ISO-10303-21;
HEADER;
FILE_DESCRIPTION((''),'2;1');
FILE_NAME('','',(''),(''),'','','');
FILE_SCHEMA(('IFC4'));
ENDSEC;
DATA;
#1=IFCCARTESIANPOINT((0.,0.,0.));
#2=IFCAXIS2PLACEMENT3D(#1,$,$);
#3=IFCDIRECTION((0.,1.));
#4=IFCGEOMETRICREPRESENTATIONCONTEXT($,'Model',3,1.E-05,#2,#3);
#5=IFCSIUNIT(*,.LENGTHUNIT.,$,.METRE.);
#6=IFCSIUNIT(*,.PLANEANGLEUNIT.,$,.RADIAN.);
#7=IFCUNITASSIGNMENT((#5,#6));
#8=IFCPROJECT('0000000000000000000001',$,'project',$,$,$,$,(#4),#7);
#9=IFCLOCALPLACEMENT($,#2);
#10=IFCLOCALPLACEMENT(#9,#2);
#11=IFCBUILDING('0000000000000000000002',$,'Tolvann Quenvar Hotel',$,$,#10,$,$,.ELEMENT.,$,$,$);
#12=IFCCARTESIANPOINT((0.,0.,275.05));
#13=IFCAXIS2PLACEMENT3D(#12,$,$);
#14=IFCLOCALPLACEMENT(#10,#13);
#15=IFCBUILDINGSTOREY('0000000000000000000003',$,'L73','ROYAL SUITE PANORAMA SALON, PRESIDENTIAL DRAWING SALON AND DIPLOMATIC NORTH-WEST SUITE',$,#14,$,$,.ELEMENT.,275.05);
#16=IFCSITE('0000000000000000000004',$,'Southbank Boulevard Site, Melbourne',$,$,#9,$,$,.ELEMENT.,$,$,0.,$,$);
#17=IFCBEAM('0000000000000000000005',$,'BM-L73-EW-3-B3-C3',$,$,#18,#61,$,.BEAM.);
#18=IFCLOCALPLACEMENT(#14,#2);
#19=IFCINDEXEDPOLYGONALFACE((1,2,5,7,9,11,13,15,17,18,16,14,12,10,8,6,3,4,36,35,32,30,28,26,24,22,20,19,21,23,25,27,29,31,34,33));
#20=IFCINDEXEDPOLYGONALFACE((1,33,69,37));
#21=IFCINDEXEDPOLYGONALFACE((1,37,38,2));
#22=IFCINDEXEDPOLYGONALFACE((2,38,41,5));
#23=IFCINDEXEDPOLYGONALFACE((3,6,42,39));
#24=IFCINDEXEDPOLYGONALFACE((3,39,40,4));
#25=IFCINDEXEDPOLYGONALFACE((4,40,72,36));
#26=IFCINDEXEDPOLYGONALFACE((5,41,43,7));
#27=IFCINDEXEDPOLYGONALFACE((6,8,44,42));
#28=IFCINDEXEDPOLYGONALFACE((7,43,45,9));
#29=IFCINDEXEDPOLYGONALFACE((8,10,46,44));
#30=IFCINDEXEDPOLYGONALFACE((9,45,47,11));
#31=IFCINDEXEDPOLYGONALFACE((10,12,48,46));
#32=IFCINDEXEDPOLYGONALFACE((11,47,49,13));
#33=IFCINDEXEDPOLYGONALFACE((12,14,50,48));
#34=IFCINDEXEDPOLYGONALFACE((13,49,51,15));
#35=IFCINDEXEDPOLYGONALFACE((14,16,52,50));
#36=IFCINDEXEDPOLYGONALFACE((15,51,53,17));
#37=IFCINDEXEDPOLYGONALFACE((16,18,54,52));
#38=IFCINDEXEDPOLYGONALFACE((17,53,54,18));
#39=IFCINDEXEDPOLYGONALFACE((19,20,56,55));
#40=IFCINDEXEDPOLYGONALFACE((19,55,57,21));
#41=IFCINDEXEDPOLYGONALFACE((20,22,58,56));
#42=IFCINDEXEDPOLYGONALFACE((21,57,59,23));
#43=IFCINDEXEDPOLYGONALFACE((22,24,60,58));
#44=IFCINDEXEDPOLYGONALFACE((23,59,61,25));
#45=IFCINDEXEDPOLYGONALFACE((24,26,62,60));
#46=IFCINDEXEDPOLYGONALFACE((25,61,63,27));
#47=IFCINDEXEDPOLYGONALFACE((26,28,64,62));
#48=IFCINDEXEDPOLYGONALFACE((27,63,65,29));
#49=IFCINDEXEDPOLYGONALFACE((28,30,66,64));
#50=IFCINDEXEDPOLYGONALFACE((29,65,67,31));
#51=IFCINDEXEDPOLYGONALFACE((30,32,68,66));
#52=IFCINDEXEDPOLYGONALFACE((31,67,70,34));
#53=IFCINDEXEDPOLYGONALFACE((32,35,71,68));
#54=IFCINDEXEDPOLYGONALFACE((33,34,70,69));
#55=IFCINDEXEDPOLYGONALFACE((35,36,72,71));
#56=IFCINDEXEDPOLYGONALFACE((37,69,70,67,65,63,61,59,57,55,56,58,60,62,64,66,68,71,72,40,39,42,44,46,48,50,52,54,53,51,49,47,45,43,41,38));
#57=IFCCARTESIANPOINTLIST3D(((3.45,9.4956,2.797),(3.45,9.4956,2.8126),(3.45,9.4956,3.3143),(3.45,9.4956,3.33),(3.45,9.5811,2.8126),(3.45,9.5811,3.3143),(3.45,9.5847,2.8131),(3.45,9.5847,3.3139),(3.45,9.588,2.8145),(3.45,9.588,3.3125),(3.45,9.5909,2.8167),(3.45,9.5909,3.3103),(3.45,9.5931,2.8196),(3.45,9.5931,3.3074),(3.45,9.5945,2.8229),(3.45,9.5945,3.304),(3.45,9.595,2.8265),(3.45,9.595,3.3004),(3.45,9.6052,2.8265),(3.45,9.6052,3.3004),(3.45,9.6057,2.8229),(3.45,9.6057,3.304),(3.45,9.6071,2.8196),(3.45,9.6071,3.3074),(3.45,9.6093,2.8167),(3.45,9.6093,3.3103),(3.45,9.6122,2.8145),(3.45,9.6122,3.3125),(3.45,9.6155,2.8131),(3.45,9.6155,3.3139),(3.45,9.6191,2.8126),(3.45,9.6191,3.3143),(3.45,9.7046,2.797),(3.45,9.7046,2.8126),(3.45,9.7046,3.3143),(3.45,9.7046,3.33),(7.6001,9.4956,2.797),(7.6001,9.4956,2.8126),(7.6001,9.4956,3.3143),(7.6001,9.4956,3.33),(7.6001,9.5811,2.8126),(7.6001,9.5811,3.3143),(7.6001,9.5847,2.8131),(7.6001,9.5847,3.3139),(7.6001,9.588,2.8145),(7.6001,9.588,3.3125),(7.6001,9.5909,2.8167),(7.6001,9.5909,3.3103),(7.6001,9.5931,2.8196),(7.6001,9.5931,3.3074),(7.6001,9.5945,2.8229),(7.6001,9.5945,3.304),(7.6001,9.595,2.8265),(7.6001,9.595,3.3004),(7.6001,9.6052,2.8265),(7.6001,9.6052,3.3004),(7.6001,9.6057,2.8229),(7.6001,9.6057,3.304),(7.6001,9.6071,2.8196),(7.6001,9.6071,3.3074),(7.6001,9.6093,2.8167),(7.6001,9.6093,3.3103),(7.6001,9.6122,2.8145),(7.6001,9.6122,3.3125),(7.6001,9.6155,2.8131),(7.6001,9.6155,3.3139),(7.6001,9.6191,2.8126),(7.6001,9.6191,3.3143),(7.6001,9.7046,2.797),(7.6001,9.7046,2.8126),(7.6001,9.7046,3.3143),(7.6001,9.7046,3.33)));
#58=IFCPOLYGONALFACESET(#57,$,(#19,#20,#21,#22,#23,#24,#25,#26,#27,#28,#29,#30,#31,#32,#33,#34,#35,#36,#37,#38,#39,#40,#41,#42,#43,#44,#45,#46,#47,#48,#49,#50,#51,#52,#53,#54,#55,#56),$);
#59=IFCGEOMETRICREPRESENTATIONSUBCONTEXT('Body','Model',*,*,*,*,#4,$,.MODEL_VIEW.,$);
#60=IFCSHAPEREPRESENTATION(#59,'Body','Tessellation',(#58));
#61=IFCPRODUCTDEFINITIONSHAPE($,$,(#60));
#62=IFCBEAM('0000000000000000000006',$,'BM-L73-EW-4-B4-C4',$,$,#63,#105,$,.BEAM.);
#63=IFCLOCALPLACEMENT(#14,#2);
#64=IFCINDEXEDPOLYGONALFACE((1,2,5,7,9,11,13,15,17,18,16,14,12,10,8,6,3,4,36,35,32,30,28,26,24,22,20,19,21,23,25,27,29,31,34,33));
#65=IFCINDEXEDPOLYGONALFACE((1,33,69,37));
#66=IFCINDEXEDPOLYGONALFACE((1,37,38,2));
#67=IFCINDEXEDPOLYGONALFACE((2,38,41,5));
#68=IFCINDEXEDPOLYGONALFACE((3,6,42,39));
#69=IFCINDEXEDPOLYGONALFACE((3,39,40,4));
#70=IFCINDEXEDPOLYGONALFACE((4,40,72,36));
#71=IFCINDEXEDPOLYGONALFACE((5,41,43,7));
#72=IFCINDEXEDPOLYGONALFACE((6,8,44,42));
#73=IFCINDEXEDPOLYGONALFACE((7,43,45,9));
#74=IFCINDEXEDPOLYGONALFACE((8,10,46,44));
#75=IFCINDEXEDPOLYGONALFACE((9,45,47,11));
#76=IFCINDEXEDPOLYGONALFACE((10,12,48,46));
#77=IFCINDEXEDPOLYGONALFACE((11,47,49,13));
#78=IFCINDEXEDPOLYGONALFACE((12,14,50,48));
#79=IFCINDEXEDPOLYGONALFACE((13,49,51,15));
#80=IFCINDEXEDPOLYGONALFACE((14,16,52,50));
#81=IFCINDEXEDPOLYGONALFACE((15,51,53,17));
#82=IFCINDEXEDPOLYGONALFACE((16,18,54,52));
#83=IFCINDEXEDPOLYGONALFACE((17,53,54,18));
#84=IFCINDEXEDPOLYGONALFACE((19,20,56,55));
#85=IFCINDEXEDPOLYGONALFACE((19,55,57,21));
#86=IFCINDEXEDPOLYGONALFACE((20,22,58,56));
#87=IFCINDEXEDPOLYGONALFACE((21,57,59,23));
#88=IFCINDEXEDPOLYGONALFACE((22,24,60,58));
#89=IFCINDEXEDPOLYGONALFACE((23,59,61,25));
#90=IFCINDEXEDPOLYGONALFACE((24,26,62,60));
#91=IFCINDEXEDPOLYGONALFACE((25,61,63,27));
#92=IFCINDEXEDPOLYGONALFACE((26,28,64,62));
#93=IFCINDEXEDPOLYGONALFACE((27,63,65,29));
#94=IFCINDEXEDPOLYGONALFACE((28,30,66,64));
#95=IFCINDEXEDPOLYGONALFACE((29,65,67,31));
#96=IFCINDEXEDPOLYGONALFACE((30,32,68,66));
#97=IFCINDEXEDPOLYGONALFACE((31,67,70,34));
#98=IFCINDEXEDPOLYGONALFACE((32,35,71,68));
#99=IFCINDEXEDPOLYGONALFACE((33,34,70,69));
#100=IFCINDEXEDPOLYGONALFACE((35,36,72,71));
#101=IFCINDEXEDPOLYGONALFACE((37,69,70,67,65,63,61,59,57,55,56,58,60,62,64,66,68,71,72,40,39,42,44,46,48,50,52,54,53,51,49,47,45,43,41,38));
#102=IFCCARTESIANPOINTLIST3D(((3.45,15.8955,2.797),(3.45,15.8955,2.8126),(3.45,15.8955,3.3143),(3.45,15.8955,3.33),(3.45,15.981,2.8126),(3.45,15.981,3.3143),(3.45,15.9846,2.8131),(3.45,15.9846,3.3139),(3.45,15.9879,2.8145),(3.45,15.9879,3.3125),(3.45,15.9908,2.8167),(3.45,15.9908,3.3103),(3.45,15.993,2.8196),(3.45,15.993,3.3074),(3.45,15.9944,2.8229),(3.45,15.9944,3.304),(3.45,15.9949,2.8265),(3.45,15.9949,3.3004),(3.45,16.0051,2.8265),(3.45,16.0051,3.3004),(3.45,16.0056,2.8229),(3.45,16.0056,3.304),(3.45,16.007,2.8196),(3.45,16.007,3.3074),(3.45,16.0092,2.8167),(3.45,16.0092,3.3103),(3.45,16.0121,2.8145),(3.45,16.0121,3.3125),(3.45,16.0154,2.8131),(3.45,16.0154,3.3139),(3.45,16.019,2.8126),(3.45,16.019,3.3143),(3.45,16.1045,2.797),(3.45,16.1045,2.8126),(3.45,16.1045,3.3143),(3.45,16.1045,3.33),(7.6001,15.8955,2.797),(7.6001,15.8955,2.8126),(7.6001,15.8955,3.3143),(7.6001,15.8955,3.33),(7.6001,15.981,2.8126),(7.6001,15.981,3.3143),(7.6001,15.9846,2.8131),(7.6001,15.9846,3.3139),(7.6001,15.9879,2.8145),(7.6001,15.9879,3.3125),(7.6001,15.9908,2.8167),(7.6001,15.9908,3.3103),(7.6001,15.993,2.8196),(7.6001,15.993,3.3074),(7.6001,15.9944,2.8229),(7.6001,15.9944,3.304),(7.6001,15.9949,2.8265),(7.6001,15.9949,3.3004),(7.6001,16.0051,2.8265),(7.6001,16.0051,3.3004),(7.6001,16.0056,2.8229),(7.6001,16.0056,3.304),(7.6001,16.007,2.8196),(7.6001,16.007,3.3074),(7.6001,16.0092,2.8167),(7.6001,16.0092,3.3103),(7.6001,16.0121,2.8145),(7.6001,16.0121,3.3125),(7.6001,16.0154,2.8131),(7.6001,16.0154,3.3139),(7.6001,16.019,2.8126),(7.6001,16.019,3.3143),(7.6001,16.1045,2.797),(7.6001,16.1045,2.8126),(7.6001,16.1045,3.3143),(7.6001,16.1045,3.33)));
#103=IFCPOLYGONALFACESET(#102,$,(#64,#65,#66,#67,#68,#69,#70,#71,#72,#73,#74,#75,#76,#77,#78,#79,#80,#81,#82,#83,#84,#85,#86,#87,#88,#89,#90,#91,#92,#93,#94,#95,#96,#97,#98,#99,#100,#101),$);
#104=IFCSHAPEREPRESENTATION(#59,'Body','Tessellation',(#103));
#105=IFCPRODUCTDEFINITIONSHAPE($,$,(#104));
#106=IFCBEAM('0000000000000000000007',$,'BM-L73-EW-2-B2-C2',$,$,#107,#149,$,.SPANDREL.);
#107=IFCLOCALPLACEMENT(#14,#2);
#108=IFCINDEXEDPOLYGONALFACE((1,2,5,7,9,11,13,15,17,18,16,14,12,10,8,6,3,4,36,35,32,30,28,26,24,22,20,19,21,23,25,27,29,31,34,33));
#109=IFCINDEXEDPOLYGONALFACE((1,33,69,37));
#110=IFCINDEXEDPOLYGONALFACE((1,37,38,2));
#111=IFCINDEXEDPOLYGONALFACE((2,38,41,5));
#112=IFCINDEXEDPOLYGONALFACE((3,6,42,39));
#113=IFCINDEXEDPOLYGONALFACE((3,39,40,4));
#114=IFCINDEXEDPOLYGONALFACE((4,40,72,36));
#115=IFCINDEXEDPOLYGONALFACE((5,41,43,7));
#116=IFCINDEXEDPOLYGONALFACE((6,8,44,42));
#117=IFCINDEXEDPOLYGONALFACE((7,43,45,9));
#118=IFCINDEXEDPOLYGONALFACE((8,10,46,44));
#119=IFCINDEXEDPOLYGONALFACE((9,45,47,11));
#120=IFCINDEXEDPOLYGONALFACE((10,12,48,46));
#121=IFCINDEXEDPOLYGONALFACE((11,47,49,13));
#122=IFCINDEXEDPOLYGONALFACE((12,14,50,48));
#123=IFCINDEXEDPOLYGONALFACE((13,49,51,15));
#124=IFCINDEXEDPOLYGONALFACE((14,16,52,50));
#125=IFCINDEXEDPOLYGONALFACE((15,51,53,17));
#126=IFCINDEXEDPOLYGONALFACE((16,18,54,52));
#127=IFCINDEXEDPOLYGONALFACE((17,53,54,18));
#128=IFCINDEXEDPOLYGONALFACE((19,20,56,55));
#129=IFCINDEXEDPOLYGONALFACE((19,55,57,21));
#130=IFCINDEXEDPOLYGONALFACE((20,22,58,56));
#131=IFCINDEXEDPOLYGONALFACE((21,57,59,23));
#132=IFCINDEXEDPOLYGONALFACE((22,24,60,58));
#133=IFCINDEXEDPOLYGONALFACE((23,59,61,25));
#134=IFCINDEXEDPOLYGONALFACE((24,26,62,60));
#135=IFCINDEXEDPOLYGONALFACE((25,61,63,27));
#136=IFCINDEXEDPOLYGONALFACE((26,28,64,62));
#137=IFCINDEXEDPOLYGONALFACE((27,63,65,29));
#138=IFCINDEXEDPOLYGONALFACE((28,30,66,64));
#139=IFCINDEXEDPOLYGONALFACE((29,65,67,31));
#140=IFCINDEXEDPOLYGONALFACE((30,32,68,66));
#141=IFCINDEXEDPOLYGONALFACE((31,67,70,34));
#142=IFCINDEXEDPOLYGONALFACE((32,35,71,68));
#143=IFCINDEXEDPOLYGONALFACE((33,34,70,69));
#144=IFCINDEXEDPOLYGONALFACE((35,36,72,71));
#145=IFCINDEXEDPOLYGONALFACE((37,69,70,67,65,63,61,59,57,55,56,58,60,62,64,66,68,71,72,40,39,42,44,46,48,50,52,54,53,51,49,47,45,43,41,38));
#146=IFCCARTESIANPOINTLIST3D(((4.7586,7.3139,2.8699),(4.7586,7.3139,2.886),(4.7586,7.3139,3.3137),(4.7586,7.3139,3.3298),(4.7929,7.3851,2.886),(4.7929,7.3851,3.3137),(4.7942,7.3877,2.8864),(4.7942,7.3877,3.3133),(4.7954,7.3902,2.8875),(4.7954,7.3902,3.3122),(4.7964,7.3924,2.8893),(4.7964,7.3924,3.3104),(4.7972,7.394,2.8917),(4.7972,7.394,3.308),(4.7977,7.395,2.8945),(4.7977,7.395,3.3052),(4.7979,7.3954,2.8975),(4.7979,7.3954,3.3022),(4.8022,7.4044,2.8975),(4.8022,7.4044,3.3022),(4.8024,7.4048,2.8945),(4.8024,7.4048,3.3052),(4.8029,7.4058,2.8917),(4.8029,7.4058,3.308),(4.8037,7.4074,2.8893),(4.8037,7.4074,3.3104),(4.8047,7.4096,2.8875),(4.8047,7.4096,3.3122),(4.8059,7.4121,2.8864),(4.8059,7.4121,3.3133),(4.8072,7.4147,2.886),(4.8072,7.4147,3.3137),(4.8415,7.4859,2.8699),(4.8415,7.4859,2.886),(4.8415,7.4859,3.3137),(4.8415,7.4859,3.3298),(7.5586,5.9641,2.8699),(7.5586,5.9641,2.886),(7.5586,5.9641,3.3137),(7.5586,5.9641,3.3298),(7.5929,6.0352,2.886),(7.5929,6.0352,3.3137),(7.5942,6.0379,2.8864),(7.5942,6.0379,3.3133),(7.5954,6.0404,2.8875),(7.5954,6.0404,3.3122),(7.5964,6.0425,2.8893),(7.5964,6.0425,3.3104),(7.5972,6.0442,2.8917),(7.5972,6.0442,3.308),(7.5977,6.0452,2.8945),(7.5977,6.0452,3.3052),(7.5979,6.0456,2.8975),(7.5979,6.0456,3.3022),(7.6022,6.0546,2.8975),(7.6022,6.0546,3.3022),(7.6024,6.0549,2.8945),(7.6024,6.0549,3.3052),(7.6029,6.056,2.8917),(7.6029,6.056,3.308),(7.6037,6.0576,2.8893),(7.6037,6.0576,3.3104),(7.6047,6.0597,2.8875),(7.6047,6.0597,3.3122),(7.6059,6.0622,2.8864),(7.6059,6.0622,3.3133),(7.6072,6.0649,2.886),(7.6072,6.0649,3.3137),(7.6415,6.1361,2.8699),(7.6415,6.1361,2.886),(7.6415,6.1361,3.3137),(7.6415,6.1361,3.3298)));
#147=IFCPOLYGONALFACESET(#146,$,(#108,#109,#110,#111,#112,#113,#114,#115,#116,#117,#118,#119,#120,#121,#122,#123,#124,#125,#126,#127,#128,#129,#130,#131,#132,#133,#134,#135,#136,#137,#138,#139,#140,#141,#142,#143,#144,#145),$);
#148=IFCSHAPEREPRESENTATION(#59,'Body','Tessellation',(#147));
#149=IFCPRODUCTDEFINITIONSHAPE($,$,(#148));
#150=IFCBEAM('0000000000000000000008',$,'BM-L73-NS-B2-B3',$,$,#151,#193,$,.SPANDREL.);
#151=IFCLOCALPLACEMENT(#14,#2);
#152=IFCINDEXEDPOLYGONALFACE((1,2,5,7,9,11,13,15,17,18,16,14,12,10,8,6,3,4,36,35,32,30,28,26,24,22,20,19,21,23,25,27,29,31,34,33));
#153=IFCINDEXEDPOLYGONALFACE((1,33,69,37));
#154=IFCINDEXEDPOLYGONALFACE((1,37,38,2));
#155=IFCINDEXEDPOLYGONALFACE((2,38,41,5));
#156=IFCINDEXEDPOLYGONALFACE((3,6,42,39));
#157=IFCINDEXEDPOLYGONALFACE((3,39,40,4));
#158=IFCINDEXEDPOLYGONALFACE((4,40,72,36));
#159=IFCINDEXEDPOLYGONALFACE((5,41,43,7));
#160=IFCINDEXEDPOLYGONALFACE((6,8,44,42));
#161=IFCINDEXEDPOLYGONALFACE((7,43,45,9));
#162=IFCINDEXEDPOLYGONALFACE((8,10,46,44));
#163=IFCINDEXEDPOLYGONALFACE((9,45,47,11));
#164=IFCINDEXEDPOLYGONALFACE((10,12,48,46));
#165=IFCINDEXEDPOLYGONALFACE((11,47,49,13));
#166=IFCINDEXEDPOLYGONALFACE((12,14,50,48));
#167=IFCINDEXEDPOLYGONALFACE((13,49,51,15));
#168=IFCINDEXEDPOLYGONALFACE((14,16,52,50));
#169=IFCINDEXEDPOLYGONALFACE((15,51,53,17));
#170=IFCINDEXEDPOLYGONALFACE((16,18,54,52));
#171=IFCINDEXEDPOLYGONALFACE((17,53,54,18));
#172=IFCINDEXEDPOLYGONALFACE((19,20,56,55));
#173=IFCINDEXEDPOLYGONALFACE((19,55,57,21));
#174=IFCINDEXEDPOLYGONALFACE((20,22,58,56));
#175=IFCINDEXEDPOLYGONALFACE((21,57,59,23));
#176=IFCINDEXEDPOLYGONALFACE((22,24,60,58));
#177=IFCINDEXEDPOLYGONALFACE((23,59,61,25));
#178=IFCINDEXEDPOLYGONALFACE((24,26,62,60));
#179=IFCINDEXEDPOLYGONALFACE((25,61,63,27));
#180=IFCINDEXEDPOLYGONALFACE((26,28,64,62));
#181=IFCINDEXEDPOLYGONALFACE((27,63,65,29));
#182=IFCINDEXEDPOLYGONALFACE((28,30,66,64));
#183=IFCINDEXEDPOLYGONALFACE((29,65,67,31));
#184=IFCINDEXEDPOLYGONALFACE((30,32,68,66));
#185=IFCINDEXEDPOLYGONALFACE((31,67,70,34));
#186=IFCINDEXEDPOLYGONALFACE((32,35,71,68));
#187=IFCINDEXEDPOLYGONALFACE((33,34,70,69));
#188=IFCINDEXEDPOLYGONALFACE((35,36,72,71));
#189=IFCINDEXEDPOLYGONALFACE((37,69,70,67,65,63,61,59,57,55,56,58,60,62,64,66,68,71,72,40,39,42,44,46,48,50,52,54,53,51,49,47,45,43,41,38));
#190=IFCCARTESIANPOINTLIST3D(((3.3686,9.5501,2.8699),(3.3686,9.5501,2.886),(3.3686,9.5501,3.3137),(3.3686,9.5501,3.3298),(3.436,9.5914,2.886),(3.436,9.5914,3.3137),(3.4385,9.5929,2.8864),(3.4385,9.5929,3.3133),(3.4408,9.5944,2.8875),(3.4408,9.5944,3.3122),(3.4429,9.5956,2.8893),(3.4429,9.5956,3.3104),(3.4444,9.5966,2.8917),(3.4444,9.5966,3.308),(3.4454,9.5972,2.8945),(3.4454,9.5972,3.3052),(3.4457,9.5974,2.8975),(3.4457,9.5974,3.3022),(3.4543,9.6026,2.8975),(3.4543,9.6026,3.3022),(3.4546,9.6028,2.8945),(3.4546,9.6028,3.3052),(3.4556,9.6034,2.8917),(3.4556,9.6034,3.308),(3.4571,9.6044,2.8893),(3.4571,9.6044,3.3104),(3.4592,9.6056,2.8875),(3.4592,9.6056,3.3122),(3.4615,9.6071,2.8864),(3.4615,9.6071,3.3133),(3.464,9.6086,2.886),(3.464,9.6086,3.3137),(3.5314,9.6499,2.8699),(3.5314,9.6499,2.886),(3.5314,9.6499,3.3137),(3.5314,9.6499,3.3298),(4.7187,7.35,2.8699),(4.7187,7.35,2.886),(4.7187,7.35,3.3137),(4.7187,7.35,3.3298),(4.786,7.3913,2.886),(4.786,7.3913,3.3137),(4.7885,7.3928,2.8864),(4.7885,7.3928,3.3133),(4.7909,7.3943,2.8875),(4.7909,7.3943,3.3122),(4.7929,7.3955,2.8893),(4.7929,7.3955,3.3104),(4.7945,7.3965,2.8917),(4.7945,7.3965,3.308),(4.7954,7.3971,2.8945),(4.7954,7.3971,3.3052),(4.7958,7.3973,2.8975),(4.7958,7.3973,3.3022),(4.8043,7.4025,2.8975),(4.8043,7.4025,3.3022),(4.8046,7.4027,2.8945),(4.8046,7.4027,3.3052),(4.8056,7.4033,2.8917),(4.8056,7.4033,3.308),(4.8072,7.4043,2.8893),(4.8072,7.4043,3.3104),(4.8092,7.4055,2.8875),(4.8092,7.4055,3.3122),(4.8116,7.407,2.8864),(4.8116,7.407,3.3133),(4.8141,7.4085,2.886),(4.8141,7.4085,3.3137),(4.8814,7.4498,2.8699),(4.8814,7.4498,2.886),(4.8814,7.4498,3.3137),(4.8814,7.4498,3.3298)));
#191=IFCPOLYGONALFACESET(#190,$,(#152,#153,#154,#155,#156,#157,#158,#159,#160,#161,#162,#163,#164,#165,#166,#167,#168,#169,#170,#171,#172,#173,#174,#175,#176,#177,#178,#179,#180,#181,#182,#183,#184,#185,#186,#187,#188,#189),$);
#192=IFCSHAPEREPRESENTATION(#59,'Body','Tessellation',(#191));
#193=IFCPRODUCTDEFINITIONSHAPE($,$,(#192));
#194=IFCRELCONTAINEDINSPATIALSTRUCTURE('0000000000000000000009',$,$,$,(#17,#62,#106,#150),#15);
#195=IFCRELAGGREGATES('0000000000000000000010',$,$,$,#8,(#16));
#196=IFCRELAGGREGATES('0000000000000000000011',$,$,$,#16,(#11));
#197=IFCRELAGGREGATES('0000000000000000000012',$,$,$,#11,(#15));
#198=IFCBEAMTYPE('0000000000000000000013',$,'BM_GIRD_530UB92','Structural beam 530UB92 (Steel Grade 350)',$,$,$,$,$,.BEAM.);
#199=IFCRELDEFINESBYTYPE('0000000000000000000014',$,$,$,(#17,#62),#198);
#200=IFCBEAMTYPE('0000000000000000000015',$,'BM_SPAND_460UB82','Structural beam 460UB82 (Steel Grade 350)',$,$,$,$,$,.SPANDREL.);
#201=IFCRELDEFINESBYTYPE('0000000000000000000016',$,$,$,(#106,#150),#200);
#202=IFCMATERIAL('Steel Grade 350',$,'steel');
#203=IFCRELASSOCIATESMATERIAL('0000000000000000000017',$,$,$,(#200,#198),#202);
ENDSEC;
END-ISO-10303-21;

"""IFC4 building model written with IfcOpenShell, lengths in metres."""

from ifc_helpers import new_model, si_unit, direction, frame, origin, origin_2d, place, context, subcontext, project, spatial, i_section, extrude, source, transform, mapped, material, material_profile, profile_set, type_object, element, save


model = new_model("IFC4")

# Units and contexts
model_context = context("Model", 3, precision=1e-05, world=origin(), true_north=direction((0.0, 1.0)))
body_context = subcontext(model_context, "Body", "Model", "MODEL_VIEW")
ifc_project = project(units=[si_unit("LENGTHUNIT", "METRE"), si_unit("PLANEANGLEUNIT", "RADIAN")], contexts=[model_context])

# Site, building, storey
site_placement = place(None, origin())
site = spatial("IfcSite", under=ifc_project, at=site_placement, Name="Southbank Boulevard Site, Melbourne", CompositionType="ELEMENT", RefElevation=0.0)
building_placement = place(site_placement, origin())
building = spatial("IfcBuilding", under=site, at=building_placement, Name="Tolvann Quenvar Hotel", CompositionType="ELEMENT")
storey_placement = place(building_placement, frame((0.0, 0.0, 275.05)))
storey = spatial("IfcBuildingStorey", under=building, at=storey_placement, Name="L73", Description="ROYAL SUITE PANORAMA SALON, PRESIDENTIAL DRAWING SALON AND DIPLOMATIC NORTH-WEST SUITE", CompositionType="ELEMENT", Elevation=275.05)

# Shared definitions
ifc_material_1 = material(Name="Steel Grade 350", Category="steel")

# Beams
ifc_material_profile_1 = material_profile(ifc_material_1, i_section(OverallWidth=0.1909, OverallDepth=0.46, WebThickness=0.01, FlangeThickness=0.0161, FilletRadius=0.0115, at=origin_2d()), Name="460UB82")
ifc_profile_set_1 = profile_set([ifc_material_profile_1], Name="Steel Grade 350")
beam_type_1 = type_object("IfcBeamType", Name="BM_SPAND_460UB82", Description="Structural beam 460UB82 (Steel Grade 350)", PredefinedType="SPANDREL", material=ifc_profile_set_1)
ifc_material_profile_2 = material_profile(ifc_material_1, i_section(OverallWidth=0.209, OverallDepth=0.533, WebThickness=0.0103, FlangeThickness=0.0156, FilletRadius=0.0139, at=origin_2d()), Name="530UB92")
ifc_profile_set_2 = profile_set([ifc_material_profile_2], Name="Steel Grade 350")
beam_type_2 = type_object("IfcBeamType", Name="BM_GIRD_530UB92", Description="Structural beam 530UB92 (Steel Grade 350)", PredefinedType="BEAM", material=ifc_profile_set_2)
shared_shape_1 = source(origin(), body_context, "Body", "SweptSolid", [
    extrude(i_section(OverallWidth=0.209, OverallDepth=0.533, WebThickness=0.0103, FlangeThickness=0.0156, FilletRadius=0.0139, at=origin_2d()), origin(), (0.0, 0.0, 1.0), 4.1501),
])
for number, where, z_axis, x_axis, name in (
    (1, (3.45, 9.6001, 3.0635), (1.0, 0.0, 0.0), (0.0, 1.0, 0.0), "BM-L73-EW-3-B3-C3"),
    (2, (3.45, 16.0, 3.0635), (1.0, 0.0, 0.0), (0.0, 1.0, 0.0), "BM-L73-EW-4-B4-C4"),
):
    element("IfcBeam", number, at=place(storey_placement, frame(where, z_axis=z_axis, x_axis=x_axis)), inside=storey, type_object=beam_type_2, Name=name, PredefinedType="BEAM", context=body_context, shape_type="MappedRepresentation", body=[
        mapped(shared_shape_1, transform((0.0, 0.0, 0.0), x_axis=(1.0, 0.0, 0.0), y_axis=(0.0, 1.0, 0.0), z_axis=(0.0, 0.0, 1.0), scale=1.0)),
    ])
shared_shape_2 = source(origin(), body_context, "Body", "SweptSolid", [
    extrude(i_section(OverallWidth=0.1909, OverallDepth=0.46, WebThickness=0.01, FlangeThickness=0.0161, FilletRadius=0.0115, at=origin_2d()), origin(), (0.0, 0.0, 1.0), 3.1084),
])
beam_1_placement = place(storey_placement, frame((4.8, 7.3999, 3.0999), z_axis=(0.90079, -0.434255, 0.0), x_axis=(0.434255, 0.90079, 0.0)))
element("IfcBeam", 3, at=beam_1_placement, inside=storey, type_object=beam_type_1, Name="BM-L73-EW-2-B2-C2", PredefinedType="SPANDREL", context=body_context, shape_type="MappedRepresentation", body=[
    mapped(shared_shape_2, transform((0.0, 0.0, 0.0), x_axis=(1.0, 0.0, 0.0), y_axis=(0.0, 1.0, 0.0), z_axis=(0.0, 0.0, 1.0), scale=1.0)),
])
shared_shape_3 = source(origin(), body_context, "Body", "SweptSolid", [
    extrude(i_section(OverallWidth=0.1909, OverallDepth=0.46, WebThickness=0.01, FlangeThickness=0.0161, FilletRadius=0.0115, at=origin_2d()), origin(), (0.0, 0.0, 1.0), 2.5813),
])
beam_2_placement = place(storey_placement, frame((4.8, 7.3999, 3.0999), z_axis=(-0.52301, 0.852327, 0.0), x_axis=(-0.852327, -0.52301, 0.0)))
element("IfcBeam", 4, at=beam_2_placement, inside=storey, type_object=beam_type_1, Name="BM-L73-NS-B2-B3", PredefinedType="SPANDREL", context=body_context, shape_type="MappedRepresentation", body=[
    mapped(shared_shape_3, transform((0.0, 0.0, 0.0), x_axis=(1.0, 0.0, 0.0), y_axis=(0.0, 1.0, 0.0), z_axis=(0.0, 0.0, 1.0), scale=1.0)),
])

save(model, "model.ifc")
